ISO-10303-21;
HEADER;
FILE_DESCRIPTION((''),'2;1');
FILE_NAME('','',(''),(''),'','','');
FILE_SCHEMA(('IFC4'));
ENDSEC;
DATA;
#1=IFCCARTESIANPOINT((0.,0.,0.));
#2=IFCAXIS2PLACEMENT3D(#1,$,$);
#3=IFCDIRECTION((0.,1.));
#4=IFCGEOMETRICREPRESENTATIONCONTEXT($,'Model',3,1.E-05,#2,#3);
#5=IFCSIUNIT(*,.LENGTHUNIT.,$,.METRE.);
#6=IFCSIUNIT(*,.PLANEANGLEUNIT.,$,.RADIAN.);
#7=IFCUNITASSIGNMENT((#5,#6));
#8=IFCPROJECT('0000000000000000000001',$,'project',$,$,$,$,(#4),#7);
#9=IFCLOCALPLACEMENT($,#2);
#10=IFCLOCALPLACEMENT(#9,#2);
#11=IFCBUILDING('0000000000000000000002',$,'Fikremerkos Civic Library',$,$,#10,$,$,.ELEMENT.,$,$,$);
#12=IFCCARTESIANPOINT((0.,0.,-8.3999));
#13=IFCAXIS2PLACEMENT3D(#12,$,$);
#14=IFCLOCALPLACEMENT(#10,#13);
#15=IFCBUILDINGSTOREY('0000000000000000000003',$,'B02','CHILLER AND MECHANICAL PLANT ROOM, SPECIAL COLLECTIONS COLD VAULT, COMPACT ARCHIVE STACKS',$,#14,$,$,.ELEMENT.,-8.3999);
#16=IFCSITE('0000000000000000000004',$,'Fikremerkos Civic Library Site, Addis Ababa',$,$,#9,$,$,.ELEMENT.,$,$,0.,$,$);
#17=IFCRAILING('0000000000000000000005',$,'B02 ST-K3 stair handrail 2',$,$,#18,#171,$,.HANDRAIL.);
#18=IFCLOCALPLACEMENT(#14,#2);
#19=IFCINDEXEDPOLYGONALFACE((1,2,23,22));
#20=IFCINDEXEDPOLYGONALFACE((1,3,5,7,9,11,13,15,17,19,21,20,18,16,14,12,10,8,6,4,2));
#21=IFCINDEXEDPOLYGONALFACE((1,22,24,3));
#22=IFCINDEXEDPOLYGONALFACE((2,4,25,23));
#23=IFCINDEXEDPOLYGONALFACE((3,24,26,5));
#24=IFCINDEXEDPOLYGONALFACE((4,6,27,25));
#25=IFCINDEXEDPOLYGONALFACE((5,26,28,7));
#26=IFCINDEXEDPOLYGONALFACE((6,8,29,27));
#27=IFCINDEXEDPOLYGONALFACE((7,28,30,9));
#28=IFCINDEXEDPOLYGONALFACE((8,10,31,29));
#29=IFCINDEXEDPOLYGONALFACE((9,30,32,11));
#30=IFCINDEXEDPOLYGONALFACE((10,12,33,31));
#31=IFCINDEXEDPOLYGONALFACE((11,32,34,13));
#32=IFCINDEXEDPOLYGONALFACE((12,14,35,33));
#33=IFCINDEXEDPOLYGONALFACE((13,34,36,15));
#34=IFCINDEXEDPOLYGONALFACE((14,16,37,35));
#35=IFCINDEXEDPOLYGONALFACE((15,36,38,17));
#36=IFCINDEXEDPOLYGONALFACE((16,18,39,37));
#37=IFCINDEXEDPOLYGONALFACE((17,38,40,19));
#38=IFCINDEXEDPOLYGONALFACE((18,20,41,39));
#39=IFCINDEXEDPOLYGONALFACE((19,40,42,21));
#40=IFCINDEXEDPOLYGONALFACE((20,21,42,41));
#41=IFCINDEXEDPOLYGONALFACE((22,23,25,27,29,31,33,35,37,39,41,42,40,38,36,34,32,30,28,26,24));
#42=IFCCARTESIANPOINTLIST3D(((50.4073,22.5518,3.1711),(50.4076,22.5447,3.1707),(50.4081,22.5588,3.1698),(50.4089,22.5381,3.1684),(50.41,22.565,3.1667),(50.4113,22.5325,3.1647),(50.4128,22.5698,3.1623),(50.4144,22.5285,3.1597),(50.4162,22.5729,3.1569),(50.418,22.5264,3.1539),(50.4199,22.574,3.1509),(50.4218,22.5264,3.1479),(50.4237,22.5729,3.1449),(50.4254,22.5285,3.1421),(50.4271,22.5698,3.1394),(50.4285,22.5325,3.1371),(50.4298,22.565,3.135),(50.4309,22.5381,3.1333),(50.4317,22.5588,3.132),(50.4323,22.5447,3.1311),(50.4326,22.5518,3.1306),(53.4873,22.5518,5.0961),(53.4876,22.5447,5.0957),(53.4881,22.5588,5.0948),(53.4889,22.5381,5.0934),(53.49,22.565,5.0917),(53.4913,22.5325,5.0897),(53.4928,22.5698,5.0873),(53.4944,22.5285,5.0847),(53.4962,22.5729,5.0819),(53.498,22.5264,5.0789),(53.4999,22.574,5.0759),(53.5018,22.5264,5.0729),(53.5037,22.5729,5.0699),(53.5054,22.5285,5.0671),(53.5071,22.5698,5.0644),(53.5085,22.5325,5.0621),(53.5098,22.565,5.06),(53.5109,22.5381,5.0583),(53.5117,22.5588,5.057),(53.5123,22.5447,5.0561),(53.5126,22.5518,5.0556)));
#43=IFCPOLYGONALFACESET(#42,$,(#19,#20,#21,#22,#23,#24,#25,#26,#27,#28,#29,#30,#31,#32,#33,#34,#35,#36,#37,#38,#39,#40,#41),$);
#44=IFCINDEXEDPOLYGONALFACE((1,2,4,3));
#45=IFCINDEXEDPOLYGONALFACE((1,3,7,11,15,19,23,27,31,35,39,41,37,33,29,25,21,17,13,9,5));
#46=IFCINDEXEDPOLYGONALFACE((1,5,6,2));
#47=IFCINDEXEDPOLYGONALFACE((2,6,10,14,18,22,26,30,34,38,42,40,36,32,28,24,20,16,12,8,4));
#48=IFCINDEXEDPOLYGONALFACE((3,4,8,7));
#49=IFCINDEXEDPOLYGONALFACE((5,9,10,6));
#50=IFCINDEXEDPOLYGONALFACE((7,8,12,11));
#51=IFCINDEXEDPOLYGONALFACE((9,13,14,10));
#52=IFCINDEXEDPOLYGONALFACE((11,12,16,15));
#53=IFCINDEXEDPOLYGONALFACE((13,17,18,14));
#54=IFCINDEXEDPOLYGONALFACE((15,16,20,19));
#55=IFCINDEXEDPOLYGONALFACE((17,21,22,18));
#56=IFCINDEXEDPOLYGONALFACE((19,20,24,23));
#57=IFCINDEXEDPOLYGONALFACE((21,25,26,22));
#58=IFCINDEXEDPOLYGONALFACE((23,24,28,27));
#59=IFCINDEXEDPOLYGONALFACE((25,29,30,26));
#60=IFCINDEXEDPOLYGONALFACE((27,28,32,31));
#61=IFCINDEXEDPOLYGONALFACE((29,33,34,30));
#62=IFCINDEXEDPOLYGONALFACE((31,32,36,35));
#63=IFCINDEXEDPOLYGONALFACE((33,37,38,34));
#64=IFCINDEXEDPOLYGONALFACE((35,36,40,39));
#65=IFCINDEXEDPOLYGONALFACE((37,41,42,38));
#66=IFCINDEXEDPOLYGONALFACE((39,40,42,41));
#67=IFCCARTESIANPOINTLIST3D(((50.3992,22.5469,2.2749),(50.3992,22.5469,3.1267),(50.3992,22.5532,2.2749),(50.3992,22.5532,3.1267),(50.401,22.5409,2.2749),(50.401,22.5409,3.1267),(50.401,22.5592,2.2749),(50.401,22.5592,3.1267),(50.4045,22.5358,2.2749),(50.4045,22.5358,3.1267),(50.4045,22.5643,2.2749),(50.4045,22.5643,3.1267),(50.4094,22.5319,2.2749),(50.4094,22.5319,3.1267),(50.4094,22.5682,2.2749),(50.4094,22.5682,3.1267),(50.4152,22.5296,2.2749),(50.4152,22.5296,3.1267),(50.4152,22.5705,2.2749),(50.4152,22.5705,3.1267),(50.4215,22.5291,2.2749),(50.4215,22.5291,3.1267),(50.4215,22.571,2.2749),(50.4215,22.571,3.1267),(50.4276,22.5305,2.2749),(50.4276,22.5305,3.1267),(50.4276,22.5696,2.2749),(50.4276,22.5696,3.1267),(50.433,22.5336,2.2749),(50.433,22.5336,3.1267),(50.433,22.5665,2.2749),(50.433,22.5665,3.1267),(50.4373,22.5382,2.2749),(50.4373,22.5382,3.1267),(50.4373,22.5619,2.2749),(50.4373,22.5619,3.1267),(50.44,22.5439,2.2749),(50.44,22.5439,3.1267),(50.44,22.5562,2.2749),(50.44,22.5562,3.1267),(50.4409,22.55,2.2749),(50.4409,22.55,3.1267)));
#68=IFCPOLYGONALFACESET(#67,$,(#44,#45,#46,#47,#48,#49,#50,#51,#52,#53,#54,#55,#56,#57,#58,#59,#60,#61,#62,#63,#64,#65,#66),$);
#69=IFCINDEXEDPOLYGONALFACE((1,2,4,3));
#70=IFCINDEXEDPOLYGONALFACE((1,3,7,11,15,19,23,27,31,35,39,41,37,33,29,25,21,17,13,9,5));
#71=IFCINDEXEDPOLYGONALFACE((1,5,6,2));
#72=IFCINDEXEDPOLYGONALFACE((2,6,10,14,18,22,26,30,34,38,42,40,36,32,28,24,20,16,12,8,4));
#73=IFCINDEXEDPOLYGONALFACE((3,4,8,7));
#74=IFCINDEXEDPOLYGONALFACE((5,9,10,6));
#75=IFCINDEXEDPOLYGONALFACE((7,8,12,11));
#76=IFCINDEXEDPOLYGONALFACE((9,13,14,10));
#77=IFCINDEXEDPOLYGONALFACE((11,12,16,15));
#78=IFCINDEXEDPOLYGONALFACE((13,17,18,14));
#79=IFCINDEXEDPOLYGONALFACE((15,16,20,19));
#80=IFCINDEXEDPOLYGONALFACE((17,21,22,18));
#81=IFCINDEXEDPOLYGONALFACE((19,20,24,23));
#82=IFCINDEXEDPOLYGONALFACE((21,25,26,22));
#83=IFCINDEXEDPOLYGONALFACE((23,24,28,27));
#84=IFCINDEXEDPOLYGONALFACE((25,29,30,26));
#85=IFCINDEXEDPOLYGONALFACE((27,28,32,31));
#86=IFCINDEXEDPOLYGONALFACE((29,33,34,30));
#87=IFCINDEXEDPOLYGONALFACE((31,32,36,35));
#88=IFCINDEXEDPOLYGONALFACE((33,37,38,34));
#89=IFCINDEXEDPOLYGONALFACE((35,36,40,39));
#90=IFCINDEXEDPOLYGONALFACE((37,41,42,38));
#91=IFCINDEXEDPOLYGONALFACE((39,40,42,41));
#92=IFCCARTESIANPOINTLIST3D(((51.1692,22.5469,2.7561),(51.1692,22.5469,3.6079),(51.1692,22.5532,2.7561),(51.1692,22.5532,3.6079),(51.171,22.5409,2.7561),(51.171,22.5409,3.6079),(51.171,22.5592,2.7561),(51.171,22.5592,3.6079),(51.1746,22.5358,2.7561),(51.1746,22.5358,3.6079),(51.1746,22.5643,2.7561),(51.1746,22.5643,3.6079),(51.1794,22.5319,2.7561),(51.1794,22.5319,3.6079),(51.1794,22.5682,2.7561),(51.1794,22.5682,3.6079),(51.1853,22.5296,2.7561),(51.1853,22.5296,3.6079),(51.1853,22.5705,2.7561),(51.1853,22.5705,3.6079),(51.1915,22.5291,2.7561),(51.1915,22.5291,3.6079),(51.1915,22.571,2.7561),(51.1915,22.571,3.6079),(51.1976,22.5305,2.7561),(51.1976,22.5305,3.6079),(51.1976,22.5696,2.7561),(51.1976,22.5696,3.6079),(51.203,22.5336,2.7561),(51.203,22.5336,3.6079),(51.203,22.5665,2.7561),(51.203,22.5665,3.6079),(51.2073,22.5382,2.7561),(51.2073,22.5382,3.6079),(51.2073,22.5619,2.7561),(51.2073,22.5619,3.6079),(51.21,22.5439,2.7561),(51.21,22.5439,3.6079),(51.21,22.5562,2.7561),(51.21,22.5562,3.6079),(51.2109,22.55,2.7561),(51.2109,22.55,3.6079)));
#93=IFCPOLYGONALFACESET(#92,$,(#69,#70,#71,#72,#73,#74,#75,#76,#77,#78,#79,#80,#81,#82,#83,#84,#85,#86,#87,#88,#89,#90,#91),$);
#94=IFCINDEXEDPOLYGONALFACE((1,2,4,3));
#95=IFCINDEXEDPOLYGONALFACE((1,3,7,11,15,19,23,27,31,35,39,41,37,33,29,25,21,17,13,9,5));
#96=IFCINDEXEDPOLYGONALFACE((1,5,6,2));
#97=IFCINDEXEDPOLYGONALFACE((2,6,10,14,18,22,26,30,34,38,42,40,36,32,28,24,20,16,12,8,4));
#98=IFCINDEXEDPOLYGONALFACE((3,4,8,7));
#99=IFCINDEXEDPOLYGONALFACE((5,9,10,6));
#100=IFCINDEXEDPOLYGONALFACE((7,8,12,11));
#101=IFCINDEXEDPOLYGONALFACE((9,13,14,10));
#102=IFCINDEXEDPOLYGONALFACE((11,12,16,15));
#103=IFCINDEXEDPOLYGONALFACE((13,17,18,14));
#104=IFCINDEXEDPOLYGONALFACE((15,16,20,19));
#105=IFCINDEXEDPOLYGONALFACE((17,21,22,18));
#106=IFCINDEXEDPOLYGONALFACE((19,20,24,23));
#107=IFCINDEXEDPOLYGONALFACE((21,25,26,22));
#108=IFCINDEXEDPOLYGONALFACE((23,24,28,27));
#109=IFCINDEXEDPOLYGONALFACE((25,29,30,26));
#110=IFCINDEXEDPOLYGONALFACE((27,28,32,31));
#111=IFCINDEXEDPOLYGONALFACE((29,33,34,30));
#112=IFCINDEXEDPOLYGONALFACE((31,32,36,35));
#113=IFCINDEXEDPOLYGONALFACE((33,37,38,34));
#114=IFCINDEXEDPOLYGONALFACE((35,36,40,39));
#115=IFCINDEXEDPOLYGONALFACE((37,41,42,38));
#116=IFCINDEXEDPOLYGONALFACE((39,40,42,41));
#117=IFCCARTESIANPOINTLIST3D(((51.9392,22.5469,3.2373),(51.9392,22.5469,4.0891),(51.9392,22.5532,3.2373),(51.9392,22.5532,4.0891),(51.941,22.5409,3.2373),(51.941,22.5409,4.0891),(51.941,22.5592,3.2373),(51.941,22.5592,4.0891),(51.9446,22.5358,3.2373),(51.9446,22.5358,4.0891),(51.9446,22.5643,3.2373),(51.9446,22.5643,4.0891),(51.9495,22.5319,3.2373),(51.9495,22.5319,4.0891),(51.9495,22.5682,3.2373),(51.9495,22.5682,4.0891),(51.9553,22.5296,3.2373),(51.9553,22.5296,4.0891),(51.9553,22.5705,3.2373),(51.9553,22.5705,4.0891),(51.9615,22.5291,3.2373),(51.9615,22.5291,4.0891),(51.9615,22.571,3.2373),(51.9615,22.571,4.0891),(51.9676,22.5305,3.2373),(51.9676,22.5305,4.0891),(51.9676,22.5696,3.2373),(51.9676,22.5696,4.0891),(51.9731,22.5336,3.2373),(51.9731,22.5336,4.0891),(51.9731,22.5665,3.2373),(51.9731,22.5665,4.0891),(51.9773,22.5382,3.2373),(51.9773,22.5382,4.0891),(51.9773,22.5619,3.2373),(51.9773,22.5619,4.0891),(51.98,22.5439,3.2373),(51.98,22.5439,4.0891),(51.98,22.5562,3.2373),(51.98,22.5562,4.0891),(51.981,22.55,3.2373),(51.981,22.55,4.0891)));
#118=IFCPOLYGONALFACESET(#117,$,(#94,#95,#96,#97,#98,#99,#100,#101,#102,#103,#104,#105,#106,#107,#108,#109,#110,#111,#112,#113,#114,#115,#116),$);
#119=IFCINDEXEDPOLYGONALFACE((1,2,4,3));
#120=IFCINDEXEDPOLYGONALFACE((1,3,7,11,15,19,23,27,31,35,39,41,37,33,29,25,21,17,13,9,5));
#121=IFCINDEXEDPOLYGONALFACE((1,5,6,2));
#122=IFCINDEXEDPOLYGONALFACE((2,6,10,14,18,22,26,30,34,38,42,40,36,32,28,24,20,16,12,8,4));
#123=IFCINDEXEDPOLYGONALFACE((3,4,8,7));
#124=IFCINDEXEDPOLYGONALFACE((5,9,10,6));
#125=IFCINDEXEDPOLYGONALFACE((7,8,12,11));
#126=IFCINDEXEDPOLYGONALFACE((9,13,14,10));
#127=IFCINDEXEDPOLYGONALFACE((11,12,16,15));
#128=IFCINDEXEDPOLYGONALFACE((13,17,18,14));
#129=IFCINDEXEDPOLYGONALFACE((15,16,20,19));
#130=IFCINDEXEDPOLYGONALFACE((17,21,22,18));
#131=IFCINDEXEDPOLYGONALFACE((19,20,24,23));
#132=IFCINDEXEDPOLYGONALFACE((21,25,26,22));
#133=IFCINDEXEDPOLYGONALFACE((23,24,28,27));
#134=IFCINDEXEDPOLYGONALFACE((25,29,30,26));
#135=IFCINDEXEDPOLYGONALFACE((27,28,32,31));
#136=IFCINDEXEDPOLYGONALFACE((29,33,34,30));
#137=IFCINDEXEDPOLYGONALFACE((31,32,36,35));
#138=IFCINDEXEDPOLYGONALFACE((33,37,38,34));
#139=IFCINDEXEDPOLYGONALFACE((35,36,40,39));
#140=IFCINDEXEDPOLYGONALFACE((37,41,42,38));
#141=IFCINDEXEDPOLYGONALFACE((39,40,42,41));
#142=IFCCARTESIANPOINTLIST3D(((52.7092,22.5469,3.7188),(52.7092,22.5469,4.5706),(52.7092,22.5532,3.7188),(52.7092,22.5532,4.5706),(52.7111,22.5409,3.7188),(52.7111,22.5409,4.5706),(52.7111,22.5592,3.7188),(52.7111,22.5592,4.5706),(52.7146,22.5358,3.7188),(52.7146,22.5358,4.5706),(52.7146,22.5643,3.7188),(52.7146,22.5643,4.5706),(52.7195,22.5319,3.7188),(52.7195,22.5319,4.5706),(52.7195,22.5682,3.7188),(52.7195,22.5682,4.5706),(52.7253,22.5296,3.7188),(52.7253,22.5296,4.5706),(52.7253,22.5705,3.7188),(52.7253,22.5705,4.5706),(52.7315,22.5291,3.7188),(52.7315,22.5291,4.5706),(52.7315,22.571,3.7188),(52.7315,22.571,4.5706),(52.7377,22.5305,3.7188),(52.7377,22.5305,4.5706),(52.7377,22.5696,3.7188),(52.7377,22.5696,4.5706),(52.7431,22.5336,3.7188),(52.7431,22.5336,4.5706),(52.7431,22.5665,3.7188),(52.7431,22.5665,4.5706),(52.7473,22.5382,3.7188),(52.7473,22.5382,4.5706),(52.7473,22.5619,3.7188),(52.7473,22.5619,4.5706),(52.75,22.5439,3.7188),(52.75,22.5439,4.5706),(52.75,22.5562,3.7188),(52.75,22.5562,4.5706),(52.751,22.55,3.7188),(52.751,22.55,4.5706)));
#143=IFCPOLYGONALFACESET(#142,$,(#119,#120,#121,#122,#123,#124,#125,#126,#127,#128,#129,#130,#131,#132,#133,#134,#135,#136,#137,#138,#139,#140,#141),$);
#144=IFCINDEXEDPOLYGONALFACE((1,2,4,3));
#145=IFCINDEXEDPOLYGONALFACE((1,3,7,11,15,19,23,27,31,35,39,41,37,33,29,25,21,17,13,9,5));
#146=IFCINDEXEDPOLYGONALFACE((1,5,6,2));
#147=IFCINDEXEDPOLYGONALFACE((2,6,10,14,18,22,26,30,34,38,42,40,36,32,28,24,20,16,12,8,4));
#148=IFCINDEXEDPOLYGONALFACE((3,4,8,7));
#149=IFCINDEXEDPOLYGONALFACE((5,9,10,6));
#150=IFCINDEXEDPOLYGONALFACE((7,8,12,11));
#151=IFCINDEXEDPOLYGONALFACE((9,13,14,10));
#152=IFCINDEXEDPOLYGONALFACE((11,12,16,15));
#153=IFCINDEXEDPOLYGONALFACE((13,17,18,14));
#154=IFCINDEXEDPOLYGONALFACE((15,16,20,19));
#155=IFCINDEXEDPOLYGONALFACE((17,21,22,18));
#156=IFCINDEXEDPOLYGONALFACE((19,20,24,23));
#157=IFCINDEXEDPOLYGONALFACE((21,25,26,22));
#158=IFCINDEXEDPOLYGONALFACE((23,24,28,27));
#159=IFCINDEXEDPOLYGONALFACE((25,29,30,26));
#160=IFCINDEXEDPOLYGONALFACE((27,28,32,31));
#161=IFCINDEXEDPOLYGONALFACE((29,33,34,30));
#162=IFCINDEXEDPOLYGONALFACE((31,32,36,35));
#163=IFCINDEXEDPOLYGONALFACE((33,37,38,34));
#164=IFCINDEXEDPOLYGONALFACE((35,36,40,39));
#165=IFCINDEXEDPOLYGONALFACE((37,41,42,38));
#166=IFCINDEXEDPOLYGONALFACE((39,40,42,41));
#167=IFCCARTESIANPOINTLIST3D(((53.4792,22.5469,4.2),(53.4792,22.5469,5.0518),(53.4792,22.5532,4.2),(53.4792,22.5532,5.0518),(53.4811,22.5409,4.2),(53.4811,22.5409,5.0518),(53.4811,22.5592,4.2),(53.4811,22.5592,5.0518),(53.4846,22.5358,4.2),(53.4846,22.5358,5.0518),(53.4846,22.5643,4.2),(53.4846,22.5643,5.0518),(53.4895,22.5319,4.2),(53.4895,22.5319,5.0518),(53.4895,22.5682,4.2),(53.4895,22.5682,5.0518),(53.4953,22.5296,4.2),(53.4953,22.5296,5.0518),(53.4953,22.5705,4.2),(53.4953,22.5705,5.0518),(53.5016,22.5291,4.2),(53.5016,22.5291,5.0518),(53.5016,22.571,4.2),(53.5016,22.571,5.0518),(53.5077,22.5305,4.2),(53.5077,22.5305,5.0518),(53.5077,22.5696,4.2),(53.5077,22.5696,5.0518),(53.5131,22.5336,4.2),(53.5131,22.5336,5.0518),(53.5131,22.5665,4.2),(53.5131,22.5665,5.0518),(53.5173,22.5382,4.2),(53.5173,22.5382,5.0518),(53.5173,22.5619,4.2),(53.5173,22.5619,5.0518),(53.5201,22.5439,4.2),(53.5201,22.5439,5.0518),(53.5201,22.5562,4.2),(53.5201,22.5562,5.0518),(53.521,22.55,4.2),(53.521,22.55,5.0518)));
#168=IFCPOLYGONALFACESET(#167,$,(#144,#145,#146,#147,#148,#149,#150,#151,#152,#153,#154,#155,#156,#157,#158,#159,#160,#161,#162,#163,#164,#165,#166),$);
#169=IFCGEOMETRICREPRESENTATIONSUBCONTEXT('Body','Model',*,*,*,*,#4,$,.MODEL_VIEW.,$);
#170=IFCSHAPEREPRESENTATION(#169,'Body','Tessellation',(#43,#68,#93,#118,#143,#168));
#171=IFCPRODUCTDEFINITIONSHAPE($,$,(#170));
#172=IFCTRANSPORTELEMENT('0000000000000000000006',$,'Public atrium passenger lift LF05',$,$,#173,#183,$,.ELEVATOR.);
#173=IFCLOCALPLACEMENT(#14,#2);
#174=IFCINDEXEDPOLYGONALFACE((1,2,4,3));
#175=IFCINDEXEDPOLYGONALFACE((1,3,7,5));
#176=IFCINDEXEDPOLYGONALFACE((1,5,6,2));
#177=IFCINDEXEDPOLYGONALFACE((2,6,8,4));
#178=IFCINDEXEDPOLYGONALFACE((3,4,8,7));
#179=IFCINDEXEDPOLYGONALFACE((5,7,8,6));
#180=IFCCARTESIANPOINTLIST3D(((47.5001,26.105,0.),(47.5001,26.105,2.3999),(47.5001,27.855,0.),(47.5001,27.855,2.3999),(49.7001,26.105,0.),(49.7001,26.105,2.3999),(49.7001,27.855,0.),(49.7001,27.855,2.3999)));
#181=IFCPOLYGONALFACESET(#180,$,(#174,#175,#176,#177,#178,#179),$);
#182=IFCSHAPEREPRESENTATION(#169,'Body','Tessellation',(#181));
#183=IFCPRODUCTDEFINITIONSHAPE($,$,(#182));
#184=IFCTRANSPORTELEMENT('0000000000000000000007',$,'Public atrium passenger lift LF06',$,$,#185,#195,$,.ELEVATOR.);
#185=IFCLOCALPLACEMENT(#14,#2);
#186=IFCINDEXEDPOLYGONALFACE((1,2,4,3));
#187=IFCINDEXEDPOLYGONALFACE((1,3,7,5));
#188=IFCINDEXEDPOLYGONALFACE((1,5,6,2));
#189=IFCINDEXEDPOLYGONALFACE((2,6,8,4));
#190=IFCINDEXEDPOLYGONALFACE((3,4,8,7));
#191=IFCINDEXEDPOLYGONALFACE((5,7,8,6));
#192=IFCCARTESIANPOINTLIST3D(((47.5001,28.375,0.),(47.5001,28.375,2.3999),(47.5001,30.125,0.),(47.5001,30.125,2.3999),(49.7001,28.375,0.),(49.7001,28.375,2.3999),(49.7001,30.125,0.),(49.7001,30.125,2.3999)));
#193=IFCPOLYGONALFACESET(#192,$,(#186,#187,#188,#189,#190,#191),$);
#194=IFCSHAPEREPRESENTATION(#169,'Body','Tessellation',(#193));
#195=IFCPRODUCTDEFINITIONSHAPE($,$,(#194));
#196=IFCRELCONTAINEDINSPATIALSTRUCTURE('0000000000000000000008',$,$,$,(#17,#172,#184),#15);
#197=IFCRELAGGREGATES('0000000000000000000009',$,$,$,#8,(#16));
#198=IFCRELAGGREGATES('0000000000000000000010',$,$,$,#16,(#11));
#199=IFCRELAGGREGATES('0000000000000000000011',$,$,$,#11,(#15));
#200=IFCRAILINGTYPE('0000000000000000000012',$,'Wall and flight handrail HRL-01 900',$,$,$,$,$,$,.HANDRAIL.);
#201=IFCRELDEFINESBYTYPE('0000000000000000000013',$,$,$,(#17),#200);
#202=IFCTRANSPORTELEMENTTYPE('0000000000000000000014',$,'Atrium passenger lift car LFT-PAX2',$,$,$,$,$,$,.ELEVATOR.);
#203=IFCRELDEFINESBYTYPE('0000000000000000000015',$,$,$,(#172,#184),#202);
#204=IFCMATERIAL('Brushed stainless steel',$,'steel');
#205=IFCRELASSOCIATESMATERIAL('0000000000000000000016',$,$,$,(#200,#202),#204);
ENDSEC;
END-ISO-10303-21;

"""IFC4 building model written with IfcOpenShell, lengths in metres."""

from ifc_helpers import new_model, si_unit, direction, frame, origin, origin_2d, place, context, subcontext, project, spatial, rectangle, circle, extrude, material, type_object, element, save


model = new_model("IFC4")

# Units and contexts
model_context = context("Model", 3, precision=1e-05, world=origin(), true_north=direction((0.0, 1.0)))
body_context = subcontext(model_context, "Body", "Model", "MODEL_VIEW")
ifc_project = project(units=[si_unit("LENGTHUNIT", "METRE"), si_unit("PLANEANGLEUNIT", "RADIAN")], contexts=[model_context])

# Site, building, storey
site_placement = place(None, origin())
site = spatial("IfcSite", under=ifc_project, at=site_placement, Name="Fikremerkos Civic Library Site, Addis Ababa", CompositionType="ELEMENT", RefElevation=0.0)
building_placement = place(site_placement, origin())
building = spatial("IfcBuilding", under=site, at=building_placement, Name="Fikremerkos Civic Library", CompositionType="ELEMENT")
storey_placement = place(building_placement, frame((0.0, 0.0, -8.3999)))
storey = spatial("IfcBuildingStorey", under=building, at=storey_placement, Name="B02", Description="CHILLER AND MECHANICAL PLANT ROOM, SPECIAL COLLECTIONS COLD VAULT, COMPACT ARCHIVE STACKS", CompositionType="ELEMENT", Elevation=-8.3999)

# Shared definitions
ifc_material_1 = material(Name="Brushed stainless steel", Category="steel")

# Railing
railing_type_1 = type_object("IfcRailingType", Name="Wall and flight handrail HRL-01 900", PredefinedType="HANDRAIL", material=ifc_material_1)
railing_1_placement = place(storey_placement, frame((50.4199, 22.55, 2.2749)))
element("IfcRailing", 1, at=railing_1_placement, inside=storey, type_object=railing_type_1, Name="B02 ST-K3 stair handrail 2", PredefinedType="HANDRAIL", context=body_context, shape_type="SweptSolid", body=[
    extrude(circle(Radius=0.0239, at=origin_2d()), frame((0.0, 0.0, 0.876), z_axis=(0.847998, 0.0, 0.529999), x_axis=(0.0, 1.0, 0.0)), (0.0, 0.0, 1.0), 3.6321),
    extrude(circle(Radius=0.021, at=origin_2d()), origin(), (0.0, 0.0, 1.0), 0.8518),
    extrude(circle(Radius=0.021, at=origin_2d()), frame((0.77, 0.0, 0.4812)), (0.0, 0.0, 1.0), 0.8518),
    extrude(circle(Radius=0.021, at=origin_2d()), frame((1.54, 0.0, 0.9624)), (0.0, 0.0, 1.0), 0.8518),
    extrude(circle(Radius=0.021, at=origin_2d()), frame((2.3101, 0.0, 1.4438)), (0.0, 0.0, 1.0), 0.8518),
    extrude(circle(Radius=0.021, at=origin_2d()), frame((3.0801, 0.0, 1.925)), (0.0, 0.0, 1.0), 0.8518),
])

# Transport elements
transport_element_type = type_object("IfcTransportElementType", Name="Atrium passenger lift car LFT-PAX2", PredefinedType="ELEVATOR", material=ifc_material_1)
for number, where, z_axis, x_axis, name in (
    (2, (48.6001, 26.98, 0.0), (0.0, 0.0, 1.0), (1.0, 0.0, 0.0), "Public atrium passenger lift LF05"),
    (3, (48.6001, 29.25, 0.0), (0.0, 0.0, 1.0), (1.0, 0.0, 0.0), "Public atrium passenger lift LF06"),
):
    element("IfcTransportElement", number, at=place(storey_placement, frame(where, z_axis=z_axis, x_axis=x_axis)), inside=storey, type_object=transport_element_type, Name=name, PredefinedType="ELEVATOR", context=body_context, shape_type="SweptSolid", body=[
        extrude(rectangle(XDim=2.2, YDim=1.75, at=origin_2d()), origin(), (0.0, 0.0, 1.0), 2.3999),
    ])

save(model, "model.ifc")
